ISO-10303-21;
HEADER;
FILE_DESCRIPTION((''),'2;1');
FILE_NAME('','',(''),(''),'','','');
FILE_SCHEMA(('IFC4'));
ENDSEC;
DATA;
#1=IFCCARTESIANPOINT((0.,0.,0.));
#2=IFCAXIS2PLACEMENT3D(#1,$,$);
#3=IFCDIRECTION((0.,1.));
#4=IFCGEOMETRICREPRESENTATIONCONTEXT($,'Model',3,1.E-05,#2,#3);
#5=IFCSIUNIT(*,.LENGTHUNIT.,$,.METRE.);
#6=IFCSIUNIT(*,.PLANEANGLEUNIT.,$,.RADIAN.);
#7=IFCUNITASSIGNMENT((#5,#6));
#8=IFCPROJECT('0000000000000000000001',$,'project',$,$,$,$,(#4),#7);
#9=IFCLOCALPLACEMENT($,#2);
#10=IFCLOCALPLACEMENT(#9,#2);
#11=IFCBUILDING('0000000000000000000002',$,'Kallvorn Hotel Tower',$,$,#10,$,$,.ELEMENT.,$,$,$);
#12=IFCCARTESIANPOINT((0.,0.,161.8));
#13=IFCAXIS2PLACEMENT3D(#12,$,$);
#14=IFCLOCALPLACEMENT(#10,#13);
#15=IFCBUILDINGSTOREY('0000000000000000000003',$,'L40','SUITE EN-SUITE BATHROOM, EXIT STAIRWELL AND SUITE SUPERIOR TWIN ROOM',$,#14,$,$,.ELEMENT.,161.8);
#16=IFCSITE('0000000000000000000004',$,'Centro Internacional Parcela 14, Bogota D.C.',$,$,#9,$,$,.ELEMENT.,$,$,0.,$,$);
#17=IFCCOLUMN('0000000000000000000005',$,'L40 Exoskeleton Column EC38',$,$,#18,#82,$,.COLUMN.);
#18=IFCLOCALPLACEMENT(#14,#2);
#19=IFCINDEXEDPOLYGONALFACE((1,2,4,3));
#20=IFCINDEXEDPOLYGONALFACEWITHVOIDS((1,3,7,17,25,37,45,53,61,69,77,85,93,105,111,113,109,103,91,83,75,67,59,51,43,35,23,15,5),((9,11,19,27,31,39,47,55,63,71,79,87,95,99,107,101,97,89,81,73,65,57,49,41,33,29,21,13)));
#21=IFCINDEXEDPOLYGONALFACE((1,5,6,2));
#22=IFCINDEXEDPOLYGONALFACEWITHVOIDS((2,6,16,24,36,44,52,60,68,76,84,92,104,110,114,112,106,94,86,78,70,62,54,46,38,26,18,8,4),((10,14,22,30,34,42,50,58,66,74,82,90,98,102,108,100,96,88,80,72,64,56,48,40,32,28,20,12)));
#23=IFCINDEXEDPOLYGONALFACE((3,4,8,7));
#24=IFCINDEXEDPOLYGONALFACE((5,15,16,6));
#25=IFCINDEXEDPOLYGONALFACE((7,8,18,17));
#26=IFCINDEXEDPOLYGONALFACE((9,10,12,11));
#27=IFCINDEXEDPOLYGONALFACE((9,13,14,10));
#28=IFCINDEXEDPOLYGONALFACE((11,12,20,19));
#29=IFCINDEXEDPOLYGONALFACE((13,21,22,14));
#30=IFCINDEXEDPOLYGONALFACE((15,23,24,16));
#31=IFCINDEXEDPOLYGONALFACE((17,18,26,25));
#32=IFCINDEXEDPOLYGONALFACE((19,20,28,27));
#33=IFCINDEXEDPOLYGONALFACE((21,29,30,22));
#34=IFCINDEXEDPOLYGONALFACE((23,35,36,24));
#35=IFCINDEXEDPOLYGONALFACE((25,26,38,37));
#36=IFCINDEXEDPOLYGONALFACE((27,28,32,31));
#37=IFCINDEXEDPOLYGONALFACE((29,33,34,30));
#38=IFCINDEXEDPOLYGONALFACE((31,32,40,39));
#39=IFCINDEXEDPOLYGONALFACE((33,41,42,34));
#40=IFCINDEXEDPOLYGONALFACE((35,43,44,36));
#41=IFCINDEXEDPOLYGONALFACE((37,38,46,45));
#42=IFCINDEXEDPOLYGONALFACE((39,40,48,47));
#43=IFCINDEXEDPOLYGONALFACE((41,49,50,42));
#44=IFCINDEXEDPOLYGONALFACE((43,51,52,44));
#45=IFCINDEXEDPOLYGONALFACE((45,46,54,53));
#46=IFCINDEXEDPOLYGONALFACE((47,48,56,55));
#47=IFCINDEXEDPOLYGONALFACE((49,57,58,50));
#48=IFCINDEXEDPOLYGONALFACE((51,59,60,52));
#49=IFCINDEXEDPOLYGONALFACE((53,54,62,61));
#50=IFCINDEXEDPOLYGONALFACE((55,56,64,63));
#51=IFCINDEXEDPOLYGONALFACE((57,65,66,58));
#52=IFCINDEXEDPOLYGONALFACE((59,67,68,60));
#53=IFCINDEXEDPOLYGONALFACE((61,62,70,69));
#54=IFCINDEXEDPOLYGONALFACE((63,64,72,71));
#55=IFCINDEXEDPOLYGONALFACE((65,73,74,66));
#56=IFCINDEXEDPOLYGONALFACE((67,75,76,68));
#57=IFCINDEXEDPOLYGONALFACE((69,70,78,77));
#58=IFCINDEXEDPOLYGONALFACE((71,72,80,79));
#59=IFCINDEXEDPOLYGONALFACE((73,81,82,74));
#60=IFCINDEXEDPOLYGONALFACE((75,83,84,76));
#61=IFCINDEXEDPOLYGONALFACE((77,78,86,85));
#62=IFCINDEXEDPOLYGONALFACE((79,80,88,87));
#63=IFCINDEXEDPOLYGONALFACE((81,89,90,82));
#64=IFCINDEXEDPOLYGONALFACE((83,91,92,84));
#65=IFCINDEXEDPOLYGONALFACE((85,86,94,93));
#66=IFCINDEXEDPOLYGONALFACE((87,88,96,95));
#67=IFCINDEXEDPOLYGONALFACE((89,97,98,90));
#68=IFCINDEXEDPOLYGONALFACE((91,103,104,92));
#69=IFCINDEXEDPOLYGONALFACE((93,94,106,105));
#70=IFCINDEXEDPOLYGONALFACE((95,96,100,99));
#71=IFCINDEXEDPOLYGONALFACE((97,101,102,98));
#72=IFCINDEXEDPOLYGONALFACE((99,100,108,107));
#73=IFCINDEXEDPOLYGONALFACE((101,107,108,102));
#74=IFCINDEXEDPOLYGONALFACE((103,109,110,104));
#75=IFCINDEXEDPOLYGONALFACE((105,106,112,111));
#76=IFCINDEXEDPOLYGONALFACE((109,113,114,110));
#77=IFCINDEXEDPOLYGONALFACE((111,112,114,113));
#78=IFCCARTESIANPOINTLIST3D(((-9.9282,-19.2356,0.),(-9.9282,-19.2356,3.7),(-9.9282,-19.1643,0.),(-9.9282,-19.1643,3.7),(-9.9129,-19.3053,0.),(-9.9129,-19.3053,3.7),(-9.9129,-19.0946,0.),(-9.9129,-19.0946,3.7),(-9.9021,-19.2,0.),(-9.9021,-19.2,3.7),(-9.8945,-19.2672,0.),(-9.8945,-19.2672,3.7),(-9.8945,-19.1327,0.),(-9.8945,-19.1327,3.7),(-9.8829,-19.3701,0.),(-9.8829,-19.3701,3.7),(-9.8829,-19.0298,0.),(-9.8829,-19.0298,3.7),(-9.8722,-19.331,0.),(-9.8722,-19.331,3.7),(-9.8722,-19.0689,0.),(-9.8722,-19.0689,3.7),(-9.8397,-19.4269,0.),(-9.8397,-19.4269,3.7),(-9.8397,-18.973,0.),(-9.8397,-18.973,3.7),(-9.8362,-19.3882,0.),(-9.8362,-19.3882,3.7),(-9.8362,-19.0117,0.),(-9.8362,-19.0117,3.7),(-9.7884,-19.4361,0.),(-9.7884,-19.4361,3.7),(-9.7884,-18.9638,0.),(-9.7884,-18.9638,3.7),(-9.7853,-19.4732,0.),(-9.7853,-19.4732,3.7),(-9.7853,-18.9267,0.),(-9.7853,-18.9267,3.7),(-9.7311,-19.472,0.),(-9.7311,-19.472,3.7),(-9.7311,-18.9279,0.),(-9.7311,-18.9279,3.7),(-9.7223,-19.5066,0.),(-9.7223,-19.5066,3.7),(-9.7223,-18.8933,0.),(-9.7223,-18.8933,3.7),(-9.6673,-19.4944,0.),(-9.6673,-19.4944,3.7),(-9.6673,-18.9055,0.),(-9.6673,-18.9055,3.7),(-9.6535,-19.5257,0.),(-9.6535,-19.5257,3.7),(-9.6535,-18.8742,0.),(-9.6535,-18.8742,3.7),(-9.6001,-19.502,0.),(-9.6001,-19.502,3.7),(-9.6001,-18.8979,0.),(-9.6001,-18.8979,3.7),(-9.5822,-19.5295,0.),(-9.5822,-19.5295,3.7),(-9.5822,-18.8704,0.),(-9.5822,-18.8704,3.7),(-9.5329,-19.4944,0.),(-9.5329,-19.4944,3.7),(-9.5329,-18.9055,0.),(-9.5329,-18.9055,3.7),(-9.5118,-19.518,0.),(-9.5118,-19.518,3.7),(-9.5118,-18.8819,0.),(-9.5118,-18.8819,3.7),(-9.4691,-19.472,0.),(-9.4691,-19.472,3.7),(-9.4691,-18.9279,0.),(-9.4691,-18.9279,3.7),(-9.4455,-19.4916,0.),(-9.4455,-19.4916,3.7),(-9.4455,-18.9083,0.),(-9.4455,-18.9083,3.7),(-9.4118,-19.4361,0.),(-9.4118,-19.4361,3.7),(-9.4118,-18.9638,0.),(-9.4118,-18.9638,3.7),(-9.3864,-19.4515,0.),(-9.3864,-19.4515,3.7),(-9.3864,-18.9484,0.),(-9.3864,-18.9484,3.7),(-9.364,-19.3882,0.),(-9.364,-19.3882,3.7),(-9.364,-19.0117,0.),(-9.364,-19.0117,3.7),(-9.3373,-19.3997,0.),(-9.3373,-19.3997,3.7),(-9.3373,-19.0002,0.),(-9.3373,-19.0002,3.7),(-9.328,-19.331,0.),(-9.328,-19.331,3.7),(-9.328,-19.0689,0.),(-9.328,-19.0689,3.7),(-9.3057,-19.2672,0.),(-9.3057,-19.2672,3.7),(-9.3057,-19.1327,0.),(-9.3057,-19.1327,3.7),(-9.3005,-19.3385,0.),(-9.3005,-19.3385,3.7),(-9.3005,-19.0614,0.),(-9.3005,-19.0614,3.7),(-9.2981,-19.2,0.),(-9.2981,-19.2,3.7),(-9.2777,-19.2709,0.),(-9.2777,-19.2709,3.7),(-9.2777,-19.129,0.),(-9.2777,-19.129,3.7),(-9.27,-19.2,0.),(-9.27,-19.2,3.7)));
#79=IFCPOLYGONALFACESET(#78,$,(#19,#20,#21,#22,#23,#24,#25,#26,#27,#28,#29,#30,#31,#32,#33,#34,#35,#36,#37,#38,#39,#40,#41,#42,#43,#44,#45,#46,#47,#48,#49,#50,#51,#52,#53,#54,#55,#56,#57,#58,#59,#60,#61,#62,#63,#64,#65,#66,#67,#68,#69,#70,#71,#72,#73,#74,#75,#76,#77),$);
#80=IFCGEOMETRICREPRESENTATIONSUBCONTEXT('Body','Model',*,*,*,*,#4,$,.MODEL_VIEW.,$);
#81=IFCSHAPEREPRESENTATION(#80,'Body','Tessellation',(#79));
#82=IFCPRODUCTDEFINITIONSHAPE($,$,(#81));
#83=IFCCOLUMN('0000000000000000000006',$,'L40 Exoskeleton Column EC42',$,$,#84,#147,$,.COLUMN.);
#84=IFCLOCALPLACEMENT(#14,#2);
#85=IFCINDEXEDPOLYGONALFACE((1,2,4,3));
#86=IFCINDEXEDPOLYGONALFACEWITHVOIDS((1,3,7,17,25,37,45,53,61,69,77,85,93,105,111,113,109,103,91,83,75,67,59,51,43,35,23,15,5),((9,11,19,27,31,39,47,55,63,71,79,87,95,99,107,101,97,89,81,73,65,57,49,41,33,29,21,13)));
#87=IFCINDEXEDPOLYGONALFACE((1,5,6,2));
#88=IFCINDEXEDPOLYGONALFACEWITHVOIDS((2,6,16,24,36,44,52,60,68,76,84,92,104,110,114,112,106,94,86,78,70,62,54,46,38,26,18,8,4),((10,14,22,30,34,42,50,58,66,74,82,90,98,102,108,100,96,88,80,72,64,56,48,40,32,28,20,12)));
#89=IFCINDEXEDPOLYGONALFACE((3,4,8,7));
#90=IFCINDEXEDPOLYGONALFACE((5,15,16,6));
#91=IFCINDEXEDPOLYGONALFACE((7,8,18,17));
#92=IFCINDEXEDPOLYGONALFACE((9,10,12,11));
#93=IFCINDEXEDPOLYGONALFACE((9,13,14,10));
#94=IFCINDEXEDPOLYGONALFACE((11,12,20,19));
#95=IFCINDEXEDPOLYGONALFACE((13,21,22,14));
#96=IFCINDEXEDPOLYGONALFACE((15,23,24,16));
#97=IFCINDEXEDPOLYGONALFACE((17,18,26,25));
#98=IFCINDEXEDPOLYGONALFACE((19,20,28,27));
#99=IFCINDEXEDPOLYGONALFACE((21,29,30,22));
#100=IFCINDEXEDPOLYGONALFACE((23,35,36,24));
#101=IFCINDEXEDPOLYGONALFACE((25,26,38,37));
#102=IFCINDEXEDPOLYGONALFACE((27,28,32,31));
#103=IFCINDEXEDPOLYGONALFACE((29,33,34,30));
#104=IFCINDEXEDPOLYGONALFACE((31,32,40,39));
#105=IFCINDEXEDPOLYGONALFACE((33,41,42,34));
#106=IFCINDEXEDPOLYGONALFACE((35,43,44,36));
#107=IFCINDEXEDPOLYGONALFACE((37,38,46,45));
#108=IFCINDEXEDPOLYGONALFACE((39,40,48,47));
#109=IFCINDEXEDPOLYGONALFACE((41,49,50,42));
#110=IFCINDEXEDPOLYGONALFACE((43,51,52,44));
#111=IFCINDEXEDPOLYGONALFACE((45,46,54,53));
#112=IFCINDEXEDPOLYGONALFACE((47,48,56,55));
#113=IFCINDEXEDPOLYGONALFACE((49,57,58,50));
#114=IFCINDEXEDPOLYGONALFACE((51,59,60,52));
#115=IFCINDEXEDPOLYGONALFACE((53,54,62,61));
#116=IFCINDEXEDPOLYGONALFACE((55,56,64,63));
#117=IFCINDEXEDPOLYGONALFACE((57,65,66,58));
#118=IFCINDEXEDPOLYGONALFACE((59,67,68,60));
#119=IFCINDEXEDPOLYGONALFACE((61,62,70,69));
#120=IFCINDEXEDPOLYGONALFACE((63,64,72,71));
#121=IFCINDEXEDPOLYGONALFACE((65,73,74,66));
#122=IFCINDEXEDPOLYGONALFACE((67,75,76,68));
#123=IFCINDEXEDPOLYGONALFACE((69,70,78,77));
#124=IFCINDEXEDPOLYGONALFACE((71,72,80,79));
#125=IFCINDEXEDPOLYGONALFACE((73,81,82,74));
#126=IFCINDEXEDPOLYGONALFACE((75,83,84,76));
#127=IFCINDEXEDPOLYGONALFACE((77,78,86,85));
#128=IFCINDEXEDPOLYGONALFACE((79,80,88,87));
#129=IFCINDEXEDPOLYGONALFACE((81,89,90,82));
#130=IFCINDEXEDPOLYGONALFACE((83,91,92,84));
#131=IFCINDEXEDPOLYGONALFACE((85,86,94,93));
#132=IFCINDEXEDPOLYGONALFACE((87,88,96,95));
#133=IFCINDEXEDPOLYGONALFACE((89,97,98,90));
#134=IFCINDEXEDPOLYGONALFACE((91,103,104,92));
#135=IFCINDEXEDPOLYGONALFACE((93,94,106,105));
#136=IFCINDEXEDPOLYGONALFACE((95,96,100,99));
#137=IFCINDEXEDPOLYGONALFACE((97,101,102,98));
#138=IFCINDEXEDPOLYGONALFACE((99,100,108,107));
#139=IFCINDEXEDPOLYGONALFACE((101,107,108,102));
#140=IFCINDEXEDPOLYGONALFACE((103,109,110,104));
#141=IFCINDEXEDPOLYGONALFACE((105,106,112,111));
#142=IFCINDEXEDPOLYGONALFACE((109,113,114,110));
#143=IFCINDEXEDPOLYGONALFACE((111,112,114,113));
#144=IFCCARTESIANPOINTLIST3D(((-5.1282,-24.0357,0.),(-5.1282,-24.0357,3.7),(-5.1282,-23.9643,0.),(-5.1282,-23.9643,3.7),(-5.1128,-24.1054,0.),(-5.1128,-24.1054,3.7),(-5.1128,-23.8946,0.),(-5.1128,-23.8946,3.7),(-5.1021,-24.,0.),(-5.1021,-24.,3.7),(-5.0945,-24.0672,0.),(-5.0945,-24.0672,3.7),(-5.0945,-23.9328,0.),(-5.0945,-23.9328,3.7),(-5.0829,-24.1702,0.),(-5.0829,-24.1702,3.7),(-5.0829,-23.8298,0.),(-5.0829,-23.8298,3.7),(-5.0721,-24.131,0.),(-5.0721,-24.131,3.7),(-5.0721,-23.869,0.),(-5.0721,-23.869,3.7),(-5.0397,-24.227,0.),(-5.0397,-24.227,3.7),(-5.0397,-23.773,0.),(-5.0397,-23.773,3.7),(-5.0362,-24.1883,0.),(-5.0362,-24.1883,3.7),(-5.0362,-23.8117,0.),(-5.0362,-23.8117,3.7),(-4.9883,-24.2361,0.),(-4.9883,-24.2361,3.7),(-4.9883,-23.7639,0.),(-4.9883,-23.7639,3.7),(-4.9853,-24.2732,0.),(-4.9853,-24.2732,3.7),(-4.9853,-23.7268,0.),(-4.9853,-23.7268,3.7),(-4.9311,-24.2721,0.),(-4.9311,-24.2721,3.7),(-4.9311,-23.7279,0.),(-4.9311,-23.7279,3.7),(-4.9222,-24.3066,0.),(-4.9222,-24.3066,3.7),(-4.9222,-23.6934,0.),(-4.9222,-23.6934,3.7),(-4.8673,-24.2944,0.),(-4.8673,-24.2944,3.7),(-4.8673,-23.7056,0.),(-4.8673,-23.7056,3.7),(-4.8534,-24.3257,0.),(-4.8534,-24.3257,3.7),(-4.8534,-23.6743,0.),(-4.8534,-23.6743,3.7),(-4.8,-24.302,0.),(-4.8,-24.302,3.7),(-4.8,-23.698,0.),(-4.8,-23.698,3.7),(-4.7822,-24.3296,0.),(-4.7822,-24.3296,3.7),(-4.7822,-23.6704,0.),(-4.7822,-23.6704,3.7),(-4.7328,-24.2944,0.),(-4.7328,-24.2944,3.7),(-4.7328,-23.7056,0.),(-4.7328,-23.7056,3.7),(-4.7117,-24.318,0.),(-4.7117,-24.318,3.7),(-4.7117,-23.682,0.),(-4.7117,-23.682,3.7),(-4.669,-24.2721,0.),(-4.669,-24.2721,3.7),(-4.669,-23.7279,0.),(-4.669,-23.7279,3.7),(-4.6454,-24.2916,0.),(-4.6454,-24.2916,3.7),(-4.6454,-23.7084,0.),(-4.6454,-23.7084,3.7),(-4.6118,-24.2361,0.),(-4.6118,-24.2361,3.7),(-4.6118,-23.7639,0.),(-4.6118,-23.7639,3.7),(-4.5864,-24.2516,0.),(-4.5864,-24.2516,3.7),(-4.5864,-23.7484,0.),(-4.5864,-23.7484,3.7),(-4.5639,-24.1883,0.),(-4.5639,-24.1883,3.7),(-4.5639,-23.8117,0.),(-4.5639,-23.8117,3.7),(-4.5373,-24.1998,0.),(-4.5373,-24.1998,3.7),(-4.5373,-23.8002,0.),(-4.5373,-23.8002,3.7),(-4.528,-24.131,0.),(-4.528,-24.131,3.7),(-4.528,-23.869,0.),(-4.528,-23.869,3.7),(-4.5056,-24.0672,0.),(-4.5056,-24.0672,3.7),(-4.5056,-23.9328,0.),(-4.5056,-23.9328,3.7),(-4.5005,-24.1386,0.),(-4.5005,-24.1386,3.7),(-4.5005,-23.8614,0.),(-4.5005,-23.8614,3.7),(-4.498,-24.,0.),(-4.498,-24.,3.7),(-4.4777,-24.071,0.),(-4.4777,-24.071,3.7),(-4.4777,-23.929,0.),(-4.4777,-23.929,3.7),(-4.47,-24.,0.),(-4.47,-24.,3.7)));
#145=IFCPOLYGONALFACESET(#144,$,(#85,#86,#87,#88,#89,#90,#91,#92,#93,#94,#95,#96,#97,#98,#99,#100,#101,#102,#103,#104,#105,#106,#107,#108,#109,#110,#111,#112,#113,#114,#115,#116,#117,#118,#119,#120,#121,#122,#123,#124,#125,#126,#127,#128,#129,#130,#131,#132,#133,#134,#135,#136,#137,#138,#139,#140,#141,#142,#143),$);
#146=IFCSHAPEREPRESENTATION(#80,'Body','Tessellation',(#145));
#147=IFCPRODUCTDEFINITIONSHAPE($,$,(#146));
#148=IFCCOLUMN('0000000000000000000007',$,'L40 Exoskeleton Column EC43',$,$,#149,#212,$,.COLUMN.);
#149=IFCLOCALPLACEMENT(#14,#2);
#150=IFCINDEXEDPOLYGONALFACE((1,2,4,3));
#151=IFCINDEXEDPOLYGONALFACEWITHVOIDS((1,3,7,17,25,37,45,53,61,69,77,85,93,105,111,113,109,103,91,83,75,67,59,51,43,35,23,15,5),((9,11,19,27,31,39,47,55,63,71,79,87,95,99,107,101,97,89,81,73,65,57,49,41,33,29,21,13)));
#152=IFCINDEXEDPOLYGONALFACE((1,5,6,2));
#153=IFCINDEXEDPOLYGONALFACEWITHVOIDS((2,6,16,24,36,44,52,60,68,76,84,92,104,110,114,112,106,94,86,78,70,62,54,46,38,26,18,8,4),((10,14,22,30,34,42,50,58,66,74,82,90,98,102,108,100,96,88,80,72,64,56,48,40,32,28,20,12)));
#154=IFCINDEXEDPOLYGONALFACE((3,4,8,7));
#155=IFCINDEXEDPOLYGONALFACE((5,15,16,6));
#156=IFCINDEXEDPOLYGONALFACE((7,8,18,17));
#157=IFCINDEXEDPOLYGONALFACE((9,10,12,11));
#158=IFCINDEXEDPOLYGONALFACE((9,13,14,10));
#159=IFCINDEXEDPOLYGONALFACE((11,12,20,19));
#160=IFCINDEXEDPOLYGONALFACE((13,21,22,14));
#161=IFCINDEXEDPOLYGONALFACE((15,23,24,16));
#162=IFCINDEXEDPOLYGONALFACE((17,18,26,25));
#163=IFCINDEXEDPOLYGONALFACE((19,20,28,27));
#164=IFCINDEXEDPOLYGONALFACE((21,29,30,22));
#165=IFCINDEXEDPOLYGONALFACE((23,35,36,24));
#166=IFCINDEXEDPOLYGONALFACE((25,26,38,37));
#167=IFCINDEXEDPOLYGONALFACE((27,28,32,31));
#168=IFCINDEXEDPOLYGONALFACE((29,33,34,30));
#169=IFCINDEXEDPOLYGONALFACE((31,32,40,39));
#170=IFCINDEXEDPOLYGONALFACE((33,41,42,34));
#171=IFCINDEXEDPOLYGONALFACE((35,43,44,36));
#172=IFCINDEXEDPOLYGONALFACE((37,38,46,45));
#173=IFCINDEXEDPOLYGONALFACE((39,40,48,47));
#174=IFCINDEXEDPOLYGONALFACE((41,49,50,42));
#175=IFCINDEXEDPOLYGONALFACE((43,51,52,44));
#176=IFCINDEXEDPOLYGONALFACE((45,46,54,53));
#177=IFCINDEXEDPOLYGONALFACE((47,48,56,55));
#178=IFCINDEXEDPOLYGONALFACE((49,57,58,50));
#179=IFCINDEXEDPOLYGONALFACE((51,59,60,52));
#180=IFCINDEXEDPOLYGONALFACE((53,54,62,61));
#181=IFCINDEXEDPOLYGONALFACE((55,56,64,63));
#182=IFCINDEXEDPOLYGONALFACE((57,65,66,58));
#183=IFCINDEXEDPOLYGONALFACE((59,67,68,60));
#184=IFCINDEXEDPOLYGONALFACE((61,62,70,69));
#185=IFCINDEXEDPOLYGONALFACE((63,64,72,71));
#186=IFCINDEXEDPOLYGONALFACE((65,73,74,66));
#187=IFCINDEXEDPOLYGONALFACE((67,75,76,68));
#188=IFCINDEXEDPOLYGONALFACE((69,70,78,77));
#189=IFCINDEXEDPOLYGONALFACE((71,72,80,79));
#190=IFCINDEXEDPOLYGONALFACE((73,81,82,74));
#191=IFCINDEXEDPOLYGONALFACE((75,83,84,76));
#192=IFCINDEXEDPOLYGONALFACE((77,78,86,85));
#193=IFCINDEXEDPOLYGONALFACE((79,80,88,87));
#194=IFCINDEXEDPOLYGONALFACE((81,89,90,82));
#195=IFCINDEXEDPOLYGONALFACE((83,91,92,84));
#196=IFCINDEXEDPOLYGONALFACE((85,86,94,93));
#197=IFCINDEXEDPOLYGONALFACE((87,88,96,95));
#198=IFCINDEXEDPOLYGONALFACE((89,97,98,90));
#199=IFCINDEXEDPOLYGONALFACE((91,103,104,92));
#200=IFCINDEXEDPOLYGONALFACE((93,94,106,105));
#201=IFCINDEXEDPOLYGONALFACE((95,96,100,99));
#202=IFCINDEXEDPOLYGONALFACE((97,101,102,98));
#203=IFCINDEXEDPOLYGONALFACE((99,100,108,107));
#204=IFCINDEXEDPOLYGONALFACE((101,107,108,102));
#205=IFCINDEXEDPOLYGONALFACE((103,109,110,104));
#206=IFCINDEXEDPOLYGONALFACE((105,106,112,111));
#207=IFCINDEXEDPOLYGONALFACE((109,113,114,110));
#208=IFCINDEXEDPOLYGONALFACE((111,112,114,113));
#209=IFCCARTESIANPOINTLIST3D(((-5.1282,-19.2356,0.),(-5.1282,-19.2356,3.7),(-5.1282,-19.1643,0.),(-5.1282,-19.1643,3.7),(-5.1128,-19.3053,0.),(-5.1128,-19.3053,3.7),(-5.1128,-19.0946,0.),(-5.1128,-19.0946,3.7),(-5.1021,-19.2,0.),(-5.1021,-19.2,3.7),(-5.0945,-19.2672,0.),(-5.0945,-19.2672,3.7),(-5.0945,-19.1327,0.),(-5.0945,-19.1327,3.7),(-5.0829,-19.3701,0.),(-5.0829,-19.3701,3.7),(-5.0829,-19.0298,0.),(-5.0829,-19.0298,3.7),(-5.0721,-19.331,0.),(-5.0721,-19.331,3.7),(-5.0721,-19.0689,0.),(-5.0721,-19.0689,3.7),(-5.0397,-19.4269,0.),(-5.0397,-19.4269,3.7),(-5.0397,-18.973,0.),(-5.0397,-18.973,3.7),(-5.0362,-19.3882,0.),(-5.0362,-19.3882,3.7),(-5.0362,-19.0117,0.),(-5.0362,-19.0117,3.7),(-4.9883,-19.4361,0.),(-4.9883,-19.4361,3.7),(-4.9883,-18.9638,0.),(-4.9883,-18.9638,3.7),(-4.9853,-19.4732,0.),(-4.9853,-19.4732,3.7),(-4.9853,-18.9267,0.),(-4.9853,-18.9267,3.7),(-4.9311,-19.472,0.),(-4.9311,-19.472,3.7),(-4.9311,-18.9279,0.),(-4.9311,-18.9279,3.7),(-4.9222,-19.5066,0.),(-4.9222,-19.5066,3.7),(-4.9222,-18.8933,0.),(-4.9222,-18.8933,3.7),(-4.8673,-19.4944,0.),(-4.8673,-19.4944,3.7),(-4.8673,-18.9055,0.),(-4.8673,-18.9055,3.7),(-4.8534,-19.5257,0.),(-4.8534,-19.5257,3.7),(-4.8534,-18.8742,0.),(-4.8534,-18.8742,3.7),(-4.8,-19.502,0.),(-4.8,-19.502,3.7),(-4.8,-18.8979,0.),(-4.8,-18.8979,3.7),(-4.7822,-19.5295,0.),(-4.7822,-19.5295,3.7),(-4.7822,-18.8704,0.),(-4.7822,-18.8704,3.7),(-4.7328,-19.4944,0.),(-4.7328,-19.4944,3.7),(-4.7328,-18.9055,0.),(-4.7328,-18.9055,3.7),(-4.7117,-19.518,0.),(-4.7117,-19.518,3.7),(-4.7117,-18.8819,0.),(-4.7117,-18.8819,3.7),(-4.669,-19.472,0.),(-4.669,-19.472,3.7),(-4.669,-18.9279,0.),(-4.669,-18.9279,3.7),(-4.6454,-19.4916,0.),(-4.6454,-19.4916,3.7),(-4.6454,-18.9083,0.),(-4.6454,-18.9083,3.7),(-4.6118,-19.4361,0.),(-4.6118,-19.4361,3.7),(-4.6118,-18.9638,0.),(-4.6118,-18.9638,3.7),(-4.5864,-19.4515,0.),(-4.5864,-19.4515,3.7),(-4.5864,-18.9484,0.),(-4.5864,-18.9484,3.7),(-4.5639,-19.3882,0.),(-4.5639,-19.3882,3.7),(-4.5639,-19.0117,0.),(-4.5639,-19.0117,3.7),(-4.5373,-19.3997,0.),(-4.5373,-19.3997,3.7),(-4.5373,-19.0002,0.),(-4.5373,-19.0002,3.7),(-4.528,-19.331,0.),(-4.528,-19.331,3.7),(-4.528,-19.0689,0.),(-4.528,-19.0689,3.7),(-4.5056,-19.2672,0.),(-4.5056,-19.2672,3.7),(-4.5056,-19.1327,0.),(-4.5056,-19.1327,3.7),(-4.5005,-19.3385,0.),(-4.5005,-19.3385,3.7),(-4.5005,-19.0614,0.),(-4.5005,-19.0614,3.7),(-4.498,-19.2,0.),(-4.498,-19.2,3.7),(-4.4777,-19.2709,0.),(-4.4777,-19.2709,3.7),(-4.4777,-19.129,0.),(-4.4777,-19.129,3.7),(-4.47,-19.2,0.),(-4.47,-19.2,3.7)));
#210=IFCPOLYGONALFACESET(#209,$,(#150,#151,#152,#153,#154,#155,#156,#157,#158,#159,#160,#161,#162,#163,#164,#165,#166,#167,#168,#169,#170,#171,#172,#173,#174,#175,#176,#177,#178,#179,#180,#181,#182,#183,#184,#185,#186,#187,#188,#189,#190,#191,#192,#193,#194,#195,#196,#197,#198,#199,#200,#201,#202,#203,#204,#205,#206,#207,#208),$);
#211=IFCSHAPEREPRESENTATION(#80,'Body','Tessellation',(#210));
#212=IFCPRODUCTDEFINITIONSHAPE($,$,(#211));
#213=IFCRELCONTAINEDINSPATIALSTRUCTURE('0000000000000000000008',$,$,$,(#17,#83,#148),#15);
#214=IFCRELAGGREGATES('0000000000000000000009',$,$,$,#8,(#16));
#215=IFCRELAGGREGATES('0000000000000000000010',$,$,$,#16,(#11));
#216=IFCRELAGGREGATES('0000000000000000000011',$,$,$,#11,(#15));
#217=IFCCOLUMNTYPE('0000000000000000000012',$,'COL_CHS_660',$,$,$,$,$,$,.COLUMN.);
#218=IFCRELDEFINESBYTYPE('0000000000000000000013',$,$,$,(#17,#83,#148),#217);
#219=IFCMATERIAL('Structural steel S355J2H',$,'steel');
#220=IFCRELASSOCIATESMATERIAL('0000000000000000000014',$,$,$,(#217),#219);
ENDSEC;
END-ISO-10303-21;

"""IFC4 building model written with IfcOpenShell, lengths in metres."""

from ifc_helpers import new_model, si_unit, direction, frame, origin, origin_2d, place, context, subcontext, project, spatial, hollow_circle, extrude, material, material_profile, profile_set, type_object, element, save


model = new_model("IFC4")

# Units and contexts
model_context = context("Model", 3, precision=1e-05, world=origin(), true_north=direction((0.0, 1.0)))
body_context = subcontext(model_context, "Body", "Model", "MODEL_VIEW")
ifc_project = project(units=[si_unit("LENGTHUNIT", "METRE"), si_unit("PLANEANGLEUNIT", "RADIAN")], contexts=[model_context])

# Site, building, storey
site_placement = place(None, origin())
site = spatial("IfcSite", under=ifc_project, at=site_placement, Name="Centro Internacional Parcela 14, Bogota D.C.", CompositionType="ELEMENT", RefElevation=0.0)
building_placement = place(site_placement, origin())
building = spatial("IfcBuilding", under=site, at=building_placement, Name="Kallvorn Hotel Tower", CompositionType="ELEMENT")
storey_placement = place(building_placement, frame((0.0, 0.0, 161.8)))
storey = spatial("IfcBuildingStorey", under=building, at=storey_placement, Name="L40", Description="SUITE EN-SUITE BATHROOM, EXIT STAIRWELL AND SUITE SUPERIOR TWIN ROOM", CompositionType="ELEMENT", Elevation=161.8)

# Columns
ifc_material_1 = material(Name="Structural steel S355J2H", Category="steel")
ifc_material_profile_1 = material_profile(ifc_material_1, hollow_circle(Radius=0.3301, WallThickness=0.0281, at=origin_2d()), Name="CHS 660x28")
ifc_profile_set_1 = profile_set([ifc_material_profile_1], Name="Structural steel S355J2H")
column_type_1 = type_object("IfcColumnType", Name="COL_CHS_660", PredefinedType="COLUMN", material=ifc_profile_set_1)
for number, where, z_axis, x_axis, name in (
    (1, (-9.6001, -19.2, 0.0), (0.0, 0.0, 1.0), (1.0, 0.0, 0.0), "L40 Exoskeleton Column EC38"),
    (2, (-4.8, -24.0, 0.0), (0.0, 0.0, 1.0), (1.0, 0.0, 0.0), "L40 Exoskeleton Column EC42"),
    (3, (-4.8, -19.2, 0.0), (0.0, 0.0, 1.0), (1.0, 0.0, 0.0), "L40 Exoskeleton Column EC43"),
):
    element("IfcColumn", number, at=place(storey_placement, frame(where, z_axis=z_axis, x_axis=x_axis)), inside=storey, type_object=column_type_1, Name=name, PredefinedType="COLUMN", context=body_context, shape_type="SweptSolid", body=[
        extrude(hollow_circle(Radius=0.3301, WallThickness=0.0281, at=origin_2d()), origin(), (0.0, 0.0, 1.0), 3.7),
    ])

save(model, "model.ifc")
